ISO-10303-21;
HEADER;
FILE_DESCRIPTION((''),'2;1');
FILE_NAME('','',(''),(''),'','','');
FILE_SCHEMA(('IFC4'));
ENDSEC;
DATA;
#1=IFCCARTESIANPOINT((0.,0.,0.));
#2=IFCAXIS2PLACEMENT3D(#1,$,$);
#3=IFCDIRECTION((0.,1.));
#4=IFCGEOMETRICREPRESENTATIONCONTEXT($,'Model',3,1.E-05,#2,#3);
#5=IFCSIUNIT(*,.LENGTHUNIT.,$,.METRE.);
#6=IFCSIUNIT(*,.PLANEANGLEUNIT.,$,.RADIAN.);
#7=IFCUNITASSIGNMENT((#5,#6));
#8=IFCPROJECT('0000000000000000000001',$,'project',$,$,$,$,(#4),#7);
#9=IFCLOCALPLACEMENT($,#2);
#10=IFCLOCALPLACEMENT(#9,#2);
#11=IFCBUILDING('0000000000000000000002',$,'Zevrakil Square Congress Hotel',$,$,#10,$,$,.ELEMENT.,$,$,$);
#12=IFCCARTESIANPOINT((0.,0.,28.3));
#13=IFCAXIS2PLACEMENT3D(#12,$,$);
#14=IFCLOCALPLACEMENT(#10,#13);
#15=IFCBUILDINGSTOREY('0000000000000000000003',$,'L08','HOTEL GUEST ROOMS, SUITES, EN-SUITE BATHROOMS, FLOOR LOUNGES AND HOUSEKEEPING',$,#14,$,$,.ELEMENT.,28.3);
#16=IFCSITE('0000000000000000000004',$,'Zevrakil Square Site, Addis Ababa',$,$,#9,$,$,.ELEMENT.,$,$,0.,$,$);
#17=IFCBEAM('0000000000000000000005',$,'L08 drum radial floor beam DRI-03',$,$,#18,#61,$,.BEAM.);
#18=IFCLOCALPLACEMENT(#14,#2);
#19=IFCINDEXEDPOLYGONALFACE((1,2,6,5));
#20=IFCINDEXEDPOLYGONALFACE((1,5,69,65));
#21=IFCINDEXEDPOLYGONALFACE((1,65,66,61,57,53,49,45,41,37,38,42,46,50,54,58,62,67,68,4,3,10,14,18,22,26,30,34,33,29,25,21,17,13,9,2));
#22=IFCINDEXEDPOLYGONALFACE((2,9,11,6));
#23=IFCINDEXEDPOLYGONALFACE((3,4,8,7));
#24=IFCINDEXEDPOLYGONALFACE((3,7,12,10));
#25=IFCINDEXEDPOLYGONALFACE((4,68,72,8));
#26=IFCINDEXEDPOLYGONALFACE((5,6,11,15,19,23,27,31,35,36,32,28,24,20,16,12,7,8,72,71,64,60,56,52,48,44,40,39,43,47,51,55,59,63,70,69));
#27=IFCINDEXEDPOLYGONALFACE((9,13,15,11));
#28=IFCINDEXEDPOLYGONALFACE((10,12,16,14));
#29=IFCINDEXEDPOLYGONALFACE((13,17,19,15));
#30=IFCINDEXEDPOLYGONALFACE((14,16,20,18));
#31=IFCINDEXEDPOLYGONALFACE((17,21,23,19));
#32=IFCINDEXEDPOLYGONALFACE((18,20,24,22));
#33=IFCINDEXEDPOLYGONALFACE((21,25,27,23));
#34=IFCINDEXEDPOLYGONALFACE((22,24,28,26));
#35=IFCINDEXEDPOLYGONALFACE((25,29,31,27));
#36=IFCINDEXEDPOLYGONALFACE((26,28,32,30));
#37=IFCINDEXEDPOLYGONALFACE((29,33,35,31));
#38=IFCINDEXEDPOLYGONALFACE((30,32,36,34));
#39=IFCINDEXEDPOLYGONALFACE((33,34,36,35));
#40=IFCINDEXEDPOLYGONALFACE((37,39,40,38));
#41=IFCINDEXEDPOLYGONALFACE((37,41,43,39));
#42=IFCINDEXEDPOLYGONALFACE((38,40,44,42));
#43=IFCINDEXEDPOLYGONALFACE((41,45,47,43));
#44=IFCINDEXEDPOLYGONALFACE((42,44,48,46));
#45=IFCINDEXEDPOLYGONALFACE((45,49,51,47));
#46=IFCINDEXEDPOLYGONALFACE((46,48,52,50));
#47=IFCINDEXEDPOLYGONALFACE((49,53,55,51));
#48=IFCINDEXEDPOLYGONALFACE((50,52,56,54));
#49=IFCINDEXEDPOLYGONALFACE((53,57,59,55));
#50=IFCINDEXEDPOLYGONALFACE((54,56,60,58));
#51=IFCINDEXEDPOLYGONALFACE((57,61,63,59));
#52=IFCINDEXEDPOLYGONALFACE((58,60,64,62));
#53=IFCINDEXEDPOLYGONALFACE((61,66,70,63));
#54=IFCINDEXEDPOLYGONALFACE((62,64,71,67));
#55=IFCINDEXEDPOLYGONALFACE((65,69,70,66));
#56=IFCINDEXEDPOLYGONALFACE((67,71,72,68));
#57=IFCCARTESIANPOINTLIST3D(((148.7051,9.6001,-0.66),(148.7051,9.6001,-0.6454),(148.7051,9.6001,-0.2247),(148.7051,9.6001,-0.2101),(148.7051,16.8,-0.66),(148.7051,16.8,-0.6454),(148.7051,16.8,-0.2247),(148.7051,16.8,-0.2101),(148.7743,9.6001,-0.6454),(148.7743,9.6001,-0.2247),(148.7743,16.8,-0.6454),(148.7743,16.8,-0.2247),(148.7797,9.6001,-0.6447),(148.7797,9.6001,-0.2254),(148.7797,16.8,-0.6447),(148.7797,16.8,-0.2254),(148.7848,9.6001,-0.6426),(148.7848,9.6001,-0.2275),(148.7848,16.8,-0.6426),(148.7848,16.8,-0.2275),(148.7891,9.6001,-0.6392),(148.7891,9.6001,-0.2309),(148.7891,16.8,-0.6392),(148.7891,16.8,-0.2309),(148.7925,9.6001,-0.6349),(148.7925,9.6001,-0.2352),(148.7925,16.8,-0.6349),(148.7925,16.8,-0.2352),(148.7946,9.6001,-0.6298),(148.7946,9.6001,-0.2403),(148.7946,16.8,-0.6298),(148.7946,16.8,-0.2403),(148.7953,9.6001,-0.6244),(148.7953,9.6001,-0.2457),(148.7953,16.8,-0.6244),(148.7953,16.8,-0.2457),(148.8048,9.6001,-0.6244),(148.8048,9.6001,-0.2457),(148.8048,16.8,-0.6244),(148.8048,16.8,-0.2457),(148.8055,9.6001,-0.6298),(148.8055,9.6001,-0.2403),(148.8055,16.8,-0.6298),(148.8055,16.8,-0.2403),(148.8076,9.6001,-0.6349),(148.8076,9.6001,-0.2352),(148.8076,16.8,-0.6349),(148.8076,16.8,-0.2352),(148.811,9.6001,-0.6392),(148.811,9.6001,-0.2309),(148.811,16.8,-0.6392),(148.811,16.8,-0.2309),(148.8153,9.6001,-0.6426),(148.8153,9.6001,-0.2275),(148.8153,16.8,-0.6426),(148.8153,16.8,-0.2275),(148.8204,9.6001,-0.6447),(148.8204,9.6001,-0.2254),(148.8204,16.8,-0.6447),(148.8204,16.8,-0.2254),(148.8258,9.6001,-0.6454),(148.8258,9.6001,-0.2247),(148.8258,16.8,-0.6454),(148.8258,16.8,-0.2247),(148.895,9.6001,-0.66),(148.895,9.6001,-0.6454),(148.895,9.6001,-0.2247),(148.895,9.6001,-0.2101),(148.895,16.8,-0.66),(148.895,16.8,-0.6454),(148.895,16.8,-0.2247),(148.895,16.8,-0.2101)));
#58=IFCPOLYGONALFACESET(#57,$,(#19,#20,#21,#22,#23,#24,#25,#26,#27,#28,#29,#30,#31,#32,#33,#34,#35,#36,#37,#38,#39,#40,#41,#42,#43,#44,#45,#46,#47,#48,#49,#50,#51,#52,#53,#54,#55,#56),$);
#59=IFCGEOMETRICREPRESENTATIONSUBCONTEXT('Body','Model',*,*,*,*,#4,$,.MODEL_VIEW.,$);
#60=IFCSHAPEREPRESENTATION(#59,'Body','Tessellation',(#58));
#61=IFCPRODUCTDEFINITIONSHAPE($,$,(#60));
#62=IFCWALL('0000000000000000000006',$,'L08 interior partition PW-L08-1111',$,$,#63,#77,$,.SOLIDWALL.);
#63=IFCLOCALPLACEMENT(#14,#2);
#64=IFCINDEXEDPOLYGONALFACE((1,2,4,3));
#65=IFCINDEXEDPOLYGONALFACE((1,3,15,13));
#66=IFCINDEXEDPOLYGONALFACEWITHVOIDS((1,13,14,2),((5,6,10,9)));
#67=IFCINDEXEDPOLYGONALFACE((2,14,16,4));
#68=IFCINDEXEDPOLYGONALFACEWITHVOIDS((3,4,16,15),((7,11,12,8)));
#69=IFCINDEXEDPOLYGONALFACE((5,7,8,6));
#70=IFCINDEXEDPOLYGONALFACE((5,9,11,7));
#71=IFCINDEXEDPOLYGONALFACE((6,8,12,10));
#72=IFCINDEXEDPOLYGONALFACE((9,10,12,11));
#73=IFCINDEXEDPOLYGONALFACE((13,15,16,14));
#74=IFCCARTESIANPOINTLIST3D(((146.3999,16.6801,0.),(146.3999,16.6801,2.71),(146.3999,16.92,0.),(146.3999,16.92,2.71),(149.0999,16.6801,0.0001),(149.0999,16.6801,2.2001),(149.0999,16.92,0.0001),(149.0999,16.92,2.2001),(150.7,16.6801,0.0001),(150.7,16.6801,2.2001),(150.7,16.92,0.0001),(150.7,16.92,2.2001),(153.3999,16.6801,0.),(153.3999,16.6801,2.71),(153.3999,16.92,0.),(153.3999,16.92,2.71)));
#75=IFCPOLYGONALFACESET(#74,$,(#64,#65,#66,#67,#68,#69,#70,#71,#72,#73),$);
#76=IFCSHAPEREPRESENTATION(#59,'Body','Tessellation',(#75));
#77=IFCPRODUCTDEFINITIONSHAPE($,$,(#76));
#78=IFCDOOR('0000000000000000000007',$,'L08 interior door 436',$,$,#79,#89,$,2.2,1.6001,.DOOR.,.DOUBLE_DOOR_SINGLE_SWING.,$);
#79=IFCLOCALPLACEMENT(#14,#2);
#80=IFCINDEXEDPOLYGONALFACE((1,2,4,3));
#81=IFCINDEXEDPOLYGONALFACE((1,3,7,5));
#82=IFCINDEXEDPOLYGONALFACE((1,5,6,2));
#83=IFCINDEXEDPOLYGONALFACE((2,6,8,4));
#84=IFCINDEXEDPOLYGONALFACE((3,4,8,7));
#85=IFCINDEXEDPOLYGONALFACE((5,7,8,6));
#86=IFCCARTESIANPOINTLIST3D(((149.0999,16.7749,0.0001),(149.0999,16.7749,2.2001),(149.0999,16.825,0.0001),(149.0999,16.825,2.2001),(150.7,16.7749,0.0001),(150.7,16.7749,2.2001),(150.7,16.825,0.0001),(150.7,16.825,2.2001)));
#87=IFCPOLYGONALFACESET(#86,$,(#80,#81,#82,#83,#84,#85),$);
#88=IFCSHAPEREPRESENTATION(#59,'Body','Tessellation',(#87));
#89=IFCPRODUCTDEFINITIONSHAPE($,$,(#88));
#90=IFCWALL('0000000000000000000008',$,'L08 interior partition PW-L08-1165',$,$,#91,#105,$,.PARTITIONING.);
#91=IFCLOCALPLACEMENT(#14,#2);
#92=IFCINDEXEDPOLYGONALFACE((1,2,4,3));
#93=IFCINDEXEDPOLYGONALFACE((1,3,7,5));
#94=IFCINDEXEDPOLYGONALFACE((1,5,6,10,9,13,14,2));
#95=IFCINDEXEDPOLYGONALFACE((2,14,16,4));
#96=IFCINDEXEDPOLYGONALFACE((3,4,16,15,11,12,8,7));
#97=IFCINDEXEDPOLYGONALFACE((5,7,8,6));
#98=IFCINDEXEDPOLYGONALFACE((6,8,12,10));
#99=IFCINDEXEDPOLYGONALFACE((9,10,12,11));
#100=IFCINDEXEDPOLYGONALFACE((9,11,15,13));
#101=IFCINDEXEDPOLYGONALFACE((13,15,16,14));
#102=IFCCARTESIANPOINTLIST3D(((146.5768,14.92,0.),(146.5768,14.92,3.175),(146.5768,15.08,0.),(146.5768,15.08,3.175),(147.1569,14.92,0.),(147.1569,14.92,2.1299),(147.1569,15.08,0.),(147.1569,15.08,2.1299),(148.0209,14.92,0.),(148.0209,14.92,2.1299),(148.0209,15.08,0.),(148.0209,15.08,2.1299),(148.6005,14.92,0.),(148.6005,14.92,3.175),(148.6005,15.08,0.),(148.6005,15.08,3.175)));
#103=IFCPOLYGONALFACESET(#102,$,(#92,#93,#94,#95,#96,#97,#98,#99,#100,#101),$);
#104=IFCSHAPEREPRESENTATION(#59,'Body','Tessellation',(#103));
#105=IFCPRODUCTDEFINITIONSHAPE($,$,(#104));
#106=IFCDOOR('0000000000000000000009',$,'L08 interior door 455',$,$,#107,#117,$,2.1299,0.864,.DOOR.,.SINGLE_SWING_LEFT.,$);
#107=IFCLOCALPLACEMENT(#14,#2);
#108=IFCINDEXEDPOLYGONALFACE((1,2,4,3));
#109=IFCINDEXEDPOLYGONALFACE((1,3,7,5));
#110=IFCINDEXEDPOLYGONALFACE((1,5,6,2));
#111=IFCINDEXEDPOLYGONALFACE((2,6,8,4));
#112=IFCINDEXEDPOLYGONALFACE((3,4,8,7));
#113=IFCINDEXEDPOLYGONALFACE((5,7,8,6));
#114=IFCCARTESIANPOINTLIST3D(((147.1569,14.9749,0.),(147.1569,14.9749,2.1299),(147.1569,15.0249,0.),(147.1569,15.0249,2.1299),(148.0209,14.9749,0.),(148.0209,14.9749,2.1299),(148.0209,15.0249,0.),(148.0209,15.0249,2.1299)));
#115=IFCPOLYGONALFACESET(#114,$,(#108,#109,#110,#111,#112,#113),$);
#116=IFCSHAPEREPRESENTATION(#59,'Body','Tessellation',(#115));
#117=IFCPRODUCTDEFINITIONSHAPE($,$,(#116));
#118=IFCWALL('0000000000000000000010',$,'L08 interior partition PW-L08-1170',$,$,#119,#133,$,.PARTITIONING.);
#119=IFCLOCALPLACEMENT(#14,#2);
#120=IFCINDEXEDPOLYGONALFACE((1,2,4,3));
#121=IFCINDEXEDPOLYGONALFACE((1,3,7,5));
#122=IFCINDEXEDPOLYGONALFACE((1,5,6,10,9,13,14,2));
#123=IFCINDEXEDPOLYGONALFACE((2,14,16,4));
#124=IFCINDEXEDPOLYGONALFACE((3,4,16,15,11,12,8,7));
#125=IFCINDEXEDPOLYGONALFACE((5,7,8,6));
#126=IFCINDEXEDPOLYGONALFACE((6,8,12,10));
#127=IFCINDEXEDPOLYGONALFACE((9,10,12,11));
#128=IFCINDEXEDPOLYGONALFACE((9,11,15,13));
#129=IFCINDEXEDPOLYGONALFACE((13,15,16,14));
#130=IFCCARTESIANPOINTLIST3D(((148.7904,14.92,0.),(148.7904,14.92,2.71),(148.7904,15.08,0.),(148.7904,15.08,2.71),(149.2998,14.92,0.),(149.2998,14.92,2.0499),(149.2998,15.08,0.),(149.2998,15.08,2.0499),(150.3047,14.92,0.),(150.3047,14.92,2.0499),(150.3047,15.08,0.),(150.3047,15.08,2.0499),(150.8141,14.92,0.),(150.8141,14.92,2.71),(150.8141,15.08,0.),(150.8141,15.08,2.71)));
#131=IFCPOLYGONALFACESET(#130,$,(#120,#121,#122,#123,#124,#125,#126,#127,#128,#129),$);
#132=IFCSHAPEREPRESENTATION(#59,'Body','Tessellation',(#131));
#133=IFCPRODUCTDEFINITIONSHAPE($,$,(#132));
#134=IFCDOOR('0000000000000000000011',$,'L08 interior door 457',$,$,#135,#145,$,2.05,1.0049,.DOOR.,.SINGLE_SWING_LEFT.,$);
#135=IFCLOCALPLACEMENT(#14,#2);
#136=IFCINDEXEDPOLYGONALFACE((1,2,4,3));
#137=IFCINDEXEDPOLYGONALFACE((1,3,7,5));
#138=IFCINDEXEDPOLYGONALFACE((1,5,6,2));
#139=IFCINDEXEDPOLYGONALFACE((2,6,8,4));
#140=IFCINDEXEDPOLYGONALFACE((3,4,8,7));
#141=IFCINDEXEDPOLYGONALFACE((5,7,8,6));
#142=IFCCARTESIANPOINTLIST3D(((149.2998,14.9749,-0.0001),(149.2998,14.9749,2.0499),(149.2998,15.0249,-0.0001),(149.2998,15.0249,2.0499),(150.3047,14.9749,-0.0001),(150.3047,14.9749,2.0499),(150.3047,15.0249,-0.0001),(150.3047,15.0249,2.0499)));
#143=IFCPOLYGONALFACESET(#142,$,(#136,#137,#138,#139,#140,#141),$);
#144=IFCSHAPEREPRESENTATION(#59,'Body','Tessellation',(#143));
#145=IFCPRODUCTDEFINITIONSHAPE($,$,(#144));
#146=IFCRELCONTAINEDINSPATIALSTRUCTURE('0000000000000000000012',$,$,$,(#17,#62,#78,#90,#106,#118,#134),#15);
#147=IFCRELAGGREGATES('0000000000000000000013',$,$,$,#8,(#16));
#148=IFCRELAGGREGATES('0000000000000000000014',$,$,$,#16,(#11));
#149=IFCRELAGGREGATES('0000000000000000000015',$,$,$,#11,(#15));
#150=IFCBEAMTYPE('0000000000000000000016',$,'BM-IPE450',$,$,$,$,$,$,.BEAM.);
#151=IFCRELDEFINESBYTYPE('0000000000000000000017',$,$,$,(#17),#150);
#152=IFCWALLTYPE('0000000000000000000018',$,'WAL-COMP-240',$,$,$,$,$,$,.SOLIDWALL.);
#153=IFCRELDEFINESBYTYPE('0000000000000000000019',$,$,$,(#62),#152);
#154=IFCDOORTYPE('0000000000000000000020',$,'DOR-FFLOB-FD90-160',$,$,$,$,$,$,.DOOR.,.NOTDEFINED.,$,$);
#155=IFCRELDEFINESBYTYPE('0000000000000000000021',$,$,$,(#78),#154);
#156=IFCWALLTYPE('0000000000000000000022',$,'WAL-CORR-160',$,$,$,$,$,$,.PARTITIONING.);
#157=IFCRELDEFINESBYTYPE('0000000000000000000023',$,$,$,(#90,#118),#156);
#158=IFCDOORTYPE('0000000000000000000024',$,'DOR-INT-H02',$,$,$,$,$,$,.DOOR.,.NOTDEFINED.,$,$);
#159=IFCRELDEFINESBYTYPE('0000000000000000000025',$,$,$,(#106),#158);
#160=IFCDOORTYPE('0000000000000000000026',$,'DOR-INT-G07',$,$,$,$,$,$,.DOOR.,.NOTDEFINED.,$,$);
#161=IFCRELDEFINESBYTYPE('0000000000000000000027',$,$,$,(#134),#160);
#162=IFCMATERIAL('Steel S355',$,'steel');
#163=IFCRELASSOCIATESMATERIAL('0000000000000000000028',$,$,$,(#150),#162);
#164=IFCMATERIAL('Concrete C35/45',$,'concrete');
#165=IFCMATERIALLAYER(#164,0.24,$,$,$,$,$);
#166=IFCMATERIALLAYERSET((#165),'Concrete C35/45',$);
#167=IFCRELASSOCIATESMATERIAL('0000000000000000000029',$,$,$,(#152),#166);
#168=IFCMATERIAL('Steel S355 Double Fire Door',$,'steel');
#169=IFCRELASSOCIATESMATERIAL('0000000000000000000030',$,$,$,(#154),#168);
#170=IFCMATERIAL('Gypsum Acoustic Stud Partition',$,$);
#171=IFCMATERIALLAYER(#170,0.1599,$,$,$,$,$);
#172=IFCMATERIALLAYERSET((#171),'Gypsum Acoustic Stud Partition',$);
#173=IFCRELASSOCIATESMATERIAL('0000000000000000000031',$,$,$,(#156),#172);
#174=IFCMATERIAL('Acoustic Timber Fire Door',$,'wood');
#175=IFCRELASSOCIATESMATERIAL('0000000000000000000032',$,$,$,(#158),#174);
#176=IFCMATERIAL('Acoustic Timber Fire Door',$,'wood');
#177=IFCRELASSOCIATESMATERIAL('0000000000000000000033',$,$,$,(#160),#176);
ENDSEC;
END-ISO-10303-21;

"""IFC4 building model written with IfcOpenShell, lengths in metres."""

from ifc_helpers import new_model, si_unit, direction, frame, frame_2d, origin, origin_2d, place, context, subcontext, project, spatial, rectangle, i_section, extrude, material, layer, layer_set, material_profile, profile_set, type_object, element, fill, save


model = new_model("IFC4")

# Units and contexts
model_context = context("Model", 3, precision=1e-05, world=origin(), true_north=direction((0.0, 1.0)))
body_context = subcontext(model_context, "Body", "Model", "MODEL_VIEW")
ifc_project = project(units=[si_unit("LENGTHUNIT", "METRE"), si_unit("PLANEANGLEUNIT", "RADIAN")], contexts=[model_context])

# Site, building, storey
site_placement = place(None, origin())
site = spatial("IfcSite", under=ifc_project, at=site_placement, Name="Zevrakil Square Site, Addis Ababa", CompositionType="ELEMENT", RefElevation=0.0)
building_placement = place(site_placement, origin())
building = spatial("IfcBuilding", under=site, at=building_placement, Name="Zevrakil Square Congress Hotel", CompositionType="ELEMENT")
storey_placement = place(building_placement, frame((0.0, 0.0, 28.3)))
storey = spatial("IfcBuildingStorey", under=building, at=storey_placement, Name="L08", Description="HOTEL GUEST ROOMS, SUITES, EN-SUITE BATHROOMS, FLOOR LOUNGES AND HOUSEKEEPING", CompositionType="ELEMENT", Elevation=28.3)

# Beam
ifc_material_1 = material(Name="Steel S355", Category="steel")
ifc_material_profile = material_profile(ifc_material_1, i_section(OverallWidth=0.1899, OverallDepth=0.45, WebThickness=0.0095, FlangeThickness=0.0146, FilletRadius=0.021, at=origin_2d()), Name="IPE 450")
ifc_profile_set = profile_set([ifc_material_profile], Name="Steel S355")
beam_type = type_object("IfcBeamType", Name="BM-IPE450", PredefinedType="BEAM", material=ifc_profile_set)
beam_placement = place(storey_placement, frame((148.8, 16.8, -0.4351), z_axis=(0.0, -1.0, 0.0), x_axis=(1.0, 0.0, 0.0)))
element("IfcBeam", 1, at=beam_placement, inside=storey, type_object=beam_type, Name="L08 drum radial floor beam DRI-03", PredefinedType="BEAM", context=body_context, shape_type="SweptSolid", body=[
    extrude(i_section(OverallWidth=0.1899, OverallDepth=0.45, WebThickness=0.0095, FlangeThickness=0.0146, FilletRadius=0.021, at=origin_2d()), origin(), (0.0, 0.0, 1.0), 7.2),
])

# Walls, openings, doors
ifc_material_2 = material(Name="Concrete C35/45", Category="concrete")
ifc_layer_1 = layer(ifc_material_2, 0.24)
ifc_layer_set_1 = layer_set([ifc_layer_1], Name="Concrete C35/45")
wall_type_1 = type_object("IfcWallType", Name="WAL-COMP-240", PredefinedType="SOLIDWALL", material=ifc_layer_set_1)
wall_1_placement = place(storey_placement, frame((146.3999, 16.8, 0.0), z_axis=(0.0, 0.0, 1.0), x_axis=(1.0, 0.0, 0.0)))
wall_1 = element("IfcWall", 2, at=wall_1_placement, inside=storey, type_object=wall_type_1, Name="L08 interior partition PW-L08-1111", PredefinedType="SOLIDWALL", context=body_context, shape_type="SweptSolid", body=[
    extrude(rectangle(XDim=7.0, YDim=0.24, at=frame_2d((3.5, 0.0))), origin(), (0.0, 0.0, 1.0), 2.71),
])
opening_1_placement = place(wall_1_placement, frame((2.7, 0.0, 0.0)))
opening_1 = element("IfcOpeningElement", 3, at=opening_1_placement, cuts=wall_1, PredefinedType="OPENING", context=body_context, shape_type="SweptSolid", body=[
    extrude(rectangle(XDim=1.6001, YDim=2.2, at=frame_2d((0.8, 1.1001))), frame((0.0, 0.1299, 0.0), z_axis=(0.0, -1.0, 0.0), x_axis=(1.0, 0.0, 0.0)), (0.0, 0.0, 1.0), 0.26),
])
ifc_material_3 = material(Name="Steel S355 Double Fire Door", Category="steel")
door_type_1 = type_object("IfcDoorType", Name="DOR-FFLOB-FD90-160", OperationType="NOTDEFINED", PredefinedType="DOOR", material=ifc_material_3)
door_1_placement = place(opening_1_placement, origin())
door_1 = element("IfcDoor", 4, at=door_1_placement, inside=storey, type_object=door_type_1, Name="L08 interior door 436", OperationType="DOUBLE_DOOR_SINGLE_SWING", OverallHeight=2.2, OverallWidth=1.6001, PredefinedType="DOOR", context=body_context, shape_type="SweptSolid", body=[
    extrude(rectangle(XDim=1.6001, YDim=2.2, at=frame_2d((0.8, 1.1001))), frame((0.0, 0.0249, 0.0), z_axis=(0.0, -1.0, 0.0), x_axis=(1.0, 0.0, 0.0)), (0.0, 0.0, 1.0), 0.05),
])
fill(opening_1, door_1)
ifc_material_4 = material(Name="Gypsum Acoustic Stud Partition")
ifc_layer_2 = layer(ifc_material_4, 0.1599)
ifc_layer_set_2 = layer_set([ifc_layer_2], Name="Gypsum Acoustic Stud Partition")
wall_type_2 = type_object("IfcWallType", Name="WAL-CORR-160", PredefinedType="PARTITIONING", material=ifc_layer_set_2)
wall_2_placement = place(storey_placement, frame((146.5769, 15.0, 0.0), z_axis=(0.0, 0.0, 1.0), x_axis=(1.0, 0.0, 0.0)))
wall_2 = element("IfcWall", 5, at=wall_2_placement, inside=storey, type_object=wall_type_2, Name="L08 interior partition PW-L08-1165", PredefinedType="PARTITIONING", context=body_context, shape_type="SweptSolid", body=[
    extrude(rectangle(XDim=2.0237, YDim=0.1599, at=frame_2d((1.0117, 0.0))), origin(), (0.0, 0.0, 1.0), 3.175),
])
opening_2_placement = place(wall_2_placement, frame((0.5798, 0.0, 0.0)))
opening_2 = element("IfcOpeningElement", 6, at=opening_2_placement, cuts=wall_2, PredefinedType="OPENING", context=body_context, shape_type="SweptSolid", body=[
    extrude(rectangle(XDim=0.864, YDim=2.1299, at=frame_2d((0.4321, 1.0649))), frame((0.0, 0.0898, 0.0), z_axis=(0.0, -1.0, 0.0), x_axis=(1.0, 0.0, 0.0)), (0.0, 0.0, 1.0), 0.1799),
])
ifc_material_5 = material(Name="Acoustic Timber Fire Door", Category="wood")
door_type_2 = type_object("IfcDoorType", Name="DOR-INT-H02", OperationType="NOTDEFINED", PredefinedType="DOOR", material=ifc_material_5)
door_2_placement = place(opening_2_placement, origin())
door_2 = element("IfcDoor", 7, at=door_2_placement, inside=storey, type_object=door_type_2, Name="L08 interior door 455", OperationType="SINGLE_SWING_LEFT", OverallHeight=2.1299, OverallWidth=0.864, PredefinedType="DOOR", context=body_context, shape_type="SweptSolid", body=[
    extrude(rectangle(XDim=0.864, YDim=2.1299, at=frame_2d((0.4321, 1.0649))), frame((0.0, 0.0249, 0.0), z_axis=(0.0, -1.0, 0.0), x_axis=(1.0, 0.0, 0.0)), (0.0, 0.0, 1.0), 0.05),
])
fill(opening_2, door_2)
wall_3_placement = place(storey_placement, frame((148.7905, 15.0, 0.0), z_axis=(0.0, 0.0, 1.0), x_axis=(1.0, 0.0, 0.0)))
wall_3 = element("IfcWall", 8, at=wall_3_placement, inside=storey, type_object=wall_type_2, Name="L08 interior partition PW-L08-1170", PredefinedType="PARTITIONING", context=body_context, shape_type="SweptSolid", body=[
    extrude(rectangle(XDim=2.0237, YDim=0.1599, at=frame_2d((1.0117, 0.0))), origin(), (0.0, 0.0, 1.0), 2.71),
])
opening_3_placement = place(wall_3_placement, frame((0.5093, 0.0, 0.0)))
opening_3 = element("IfcOpeningElement", 9, at=opening_3_placement, cuts=wall_3, PredefinedType="OPENING", context=body_context, shape_type="SweptSolid", body=[
    extrude(rectangle(XDim=1.0049, YDim=2.05, at=frame_2d((0.5024, 1.0249))), frame((0.0, 0.0898, 0.0), z_axis=(0.0, -1.0, 0.0), x_axis=(1.0, 0.0, 0.0)), (0.0, 0.0, 1.0), 0.1799),
])
ifc_material_6 = material(Name="Acoustic Timber Fire Door", Category="wood")
door_type_3 = type_object("IfcDoorType", Name="DOR-INT-G07", OperationType="NOTDEFINED", PredefinedType="DOOR", material=ifc_material_6)
door_3_placement = place(opening_3_placement, origin())
door_3 = element("IfcDoor", 10, at=door_3_placement, inside=storey, type_object=door_type_3, Name="L08 interior door 457", OperationType="SINGLE_SWING_LEFT", OverallHeight=2.05, OverallWidth=1.0049, PredefinedType="DOOR", context=body_context, shape_type="SweptSolid", body=[
    extrude(rectangle(XDim=1.0049, YDim=2.05, at=frame_2d((0.5024, 1.0249))), frame((0.0, 0.0249, 0.0), z_axis=(0.0, -1.0, 0.0), x_axis=(1.0, 0.0, 0.0)), (0.0, 0.0, 1.0), 0.05),
])
fill(opening_3, door_3)

save(model, "model.ifc")
